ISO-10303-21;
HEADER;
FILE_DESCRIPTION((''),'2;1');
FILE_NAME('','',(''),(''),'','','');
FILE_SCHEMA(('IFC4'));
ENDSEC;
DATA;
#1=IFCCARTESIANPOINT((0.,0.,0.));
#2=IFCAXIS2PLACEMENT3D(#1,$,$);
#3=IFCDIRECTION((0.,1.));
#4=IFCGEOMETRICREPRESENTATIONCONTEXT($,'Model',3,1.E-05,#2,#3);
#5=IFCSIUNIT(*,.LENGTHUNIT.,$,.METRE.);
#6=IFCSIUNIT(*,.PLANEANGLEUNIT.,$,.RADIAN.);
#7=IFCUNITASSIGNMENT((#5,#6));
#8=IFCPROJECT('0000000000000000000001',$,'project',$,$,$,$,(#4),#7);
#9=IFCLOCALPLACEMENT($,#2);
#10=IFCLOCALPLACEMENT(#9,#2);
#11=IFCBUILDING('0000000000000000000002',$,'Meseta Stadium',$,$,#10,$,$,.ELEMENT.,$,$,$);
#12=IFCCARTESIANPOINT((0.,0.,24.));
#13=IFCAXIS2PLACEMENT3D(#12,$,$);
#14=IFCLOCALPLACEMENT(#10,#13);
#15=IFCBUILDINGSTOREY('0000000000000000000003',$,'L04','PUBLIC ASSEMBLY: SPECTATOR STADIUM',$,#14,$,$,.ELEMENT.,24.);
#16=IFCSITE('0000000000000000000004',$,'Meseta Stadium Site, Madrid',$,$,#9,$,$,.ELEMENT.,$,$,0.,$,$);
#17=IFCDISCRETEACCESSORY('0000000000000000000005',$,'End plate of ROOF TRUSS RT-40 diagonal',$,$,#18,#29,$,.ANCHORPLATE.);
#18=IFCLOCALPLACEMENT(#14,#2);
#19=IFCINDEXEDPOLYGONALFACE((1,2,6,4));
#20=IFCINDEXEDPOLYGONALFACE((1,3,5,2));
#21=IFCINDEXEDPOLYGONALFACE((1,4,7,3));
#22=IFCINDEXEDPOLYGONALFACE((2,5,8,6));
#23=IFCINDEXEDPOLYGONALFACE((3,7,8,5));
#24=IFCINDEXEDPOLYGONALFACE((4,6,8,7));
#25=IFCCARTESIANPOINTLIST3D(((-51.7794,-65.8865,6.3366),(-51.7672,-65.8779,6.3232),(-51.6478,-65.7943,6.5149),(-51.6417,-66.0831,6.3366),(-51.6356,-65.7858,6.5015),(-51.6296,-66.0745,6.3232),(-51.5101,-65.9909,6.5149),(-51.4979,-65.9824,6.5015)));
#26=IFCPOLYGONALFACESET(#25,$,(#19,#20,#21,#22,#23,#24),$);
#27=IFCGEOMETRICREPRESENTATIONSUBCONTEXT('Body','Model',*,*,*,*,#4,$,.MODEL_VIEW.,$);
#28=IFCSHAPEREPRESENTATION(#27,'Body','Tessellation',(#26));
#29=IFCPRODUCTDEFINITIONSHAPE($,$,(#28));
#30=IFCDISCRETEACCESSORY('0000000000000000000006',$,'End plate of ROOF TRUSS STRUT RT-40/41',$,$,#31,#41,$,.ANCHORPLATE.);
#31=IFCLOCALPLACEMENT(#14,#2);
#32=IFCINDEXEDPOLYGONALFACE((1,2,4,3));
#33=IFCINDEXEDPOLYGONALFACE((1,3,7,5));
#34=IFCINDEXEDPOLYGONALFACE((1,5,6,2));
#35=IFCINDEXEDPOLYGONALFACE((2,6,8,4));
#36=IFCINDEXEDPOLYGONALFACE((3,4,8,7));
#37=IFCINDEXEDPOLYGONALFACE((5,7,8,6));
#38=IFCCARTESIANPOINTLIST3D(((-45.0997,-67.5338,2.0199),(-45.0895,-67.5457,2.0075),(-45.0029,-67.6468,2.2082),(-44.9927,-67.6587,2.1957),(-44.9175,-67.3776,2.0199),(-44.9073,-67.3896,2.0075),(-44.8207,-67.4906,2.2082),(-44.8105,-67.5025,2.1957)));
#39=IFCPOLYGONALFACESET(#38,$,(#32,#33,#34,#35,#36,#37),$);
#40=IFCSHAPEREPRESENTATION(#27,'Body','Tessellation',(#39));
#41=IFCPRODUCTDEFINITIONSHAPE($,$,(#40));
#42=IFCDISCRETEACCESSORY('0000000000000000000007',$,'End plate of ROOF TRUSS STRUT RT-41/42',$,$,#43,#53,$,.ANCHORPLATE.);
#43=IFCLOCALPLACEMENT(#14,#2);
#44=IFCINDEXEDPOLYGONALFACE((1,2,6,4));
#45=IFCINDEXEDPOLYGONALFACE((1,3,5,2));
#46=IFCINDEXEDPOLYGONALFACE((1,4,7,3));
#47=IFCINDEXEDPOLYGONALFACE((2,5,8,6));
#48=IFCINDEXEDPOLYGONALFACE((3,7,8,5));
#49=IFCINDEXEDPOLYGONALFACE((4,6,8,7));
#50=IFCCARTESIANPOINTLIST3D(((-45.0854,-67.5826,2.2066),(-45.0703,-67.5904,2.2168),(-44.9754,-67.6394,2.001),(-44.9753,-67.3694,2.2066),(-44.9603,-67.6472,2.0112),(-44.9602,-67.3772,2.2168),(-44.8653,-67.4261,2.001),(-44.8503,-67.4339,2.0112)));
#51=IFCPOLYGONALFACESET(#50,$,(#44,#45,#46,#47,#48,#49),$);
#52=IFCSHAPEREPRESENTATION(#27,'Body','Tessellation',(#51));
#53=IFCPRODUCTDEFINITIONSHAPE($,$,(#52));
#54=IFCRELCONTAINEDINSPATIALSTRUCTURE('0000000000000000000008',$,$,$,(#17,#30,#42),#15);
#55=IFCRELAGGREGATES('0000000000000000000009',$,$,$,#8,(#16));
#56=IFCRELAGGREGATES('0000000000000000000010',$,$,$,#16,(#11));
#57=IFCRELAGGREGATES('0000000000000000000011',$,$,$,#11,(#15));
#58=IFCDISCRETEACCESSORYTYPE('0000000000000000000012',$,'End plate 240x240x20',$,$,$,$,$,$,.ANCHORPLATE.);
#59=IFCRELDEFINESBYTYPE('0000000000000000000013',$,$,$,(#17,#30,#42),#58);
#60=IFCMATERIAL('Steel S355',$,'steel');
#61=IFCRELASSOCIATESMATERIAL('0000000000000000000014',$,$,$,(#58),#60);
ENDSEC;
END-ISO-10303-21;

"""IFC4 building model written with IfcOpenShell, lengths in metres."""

from ifc_helpers import new_model, si_unit, direction, frame, origin, origin_2d, place, context, subcontext, project, spatial, rectangle, extrude, material, material_profile, profile_set, type_object, element, save


model = new_model("IFC4")

# Units and contexts
model_context = context("Model", 3, precision=1e-05, world=origin(), true_north=direction((0.0, 1.0)))
body_context = subcontext(model_context, "Body", "Model", "MODEL_VIEW")
ifc_project = project(units=[si_unit("LENGTHUNIT", "METRE"), si_unit("PLANEANGLEUNIT", "RADIAN")], contexts=[model_context])

# Site, building, storey
site_placement = place(None, origin())
site = spatial("IfcSite", under=ifc_project, at=site_placement, Name="Meseta Stadium Site, Madrid", CompositionType="ELEMENT", RefElevation=0.0)
building_placement = place(site_placement, origin())
building = spatial("IfcBuilding", under=site, at=building_placement, Name="Meseta Stadium", CompositionType="ELEMENT")
storey_placement = place(building_placement, frame((0.0, 0.0, 24.0)))
storey = spatial("IfcBuildingStorey", under=building, at=storey_placement, Name="L04", Description="PUBLIC ASSEMBLY: SPECTATOR STADIUM", CompositionType="ELEMENT", Elevation=24.0)

# Discrete accessories
ifc_material_1 = material(Name="Steel S355", Category="steel")
ifc_material_profile_1 = material_profile(ifc_material_1, rectangle(XDim=0.24, YDim=0.24, at=origin_2d()), Name="PL 240x240")
ifc_profile_set_1 = profile_set([ifc_material_profile_1], Name="Steel S355")
discrete_accessory_type_1 = type_object("IfcDiscreteAccessoryType", Name="End plate 240x240x20", PredefinedType="ANCHORPLATE", material=ifc_profile_set_1)
for number, where, z_axis, x_axis, name in (
    (1, (-51.6326, -65.9302, 6.4124), (-0.608581, -0.426006, 0.669439), (0.573462, -0.819232, 0.0), "End plate of ROOF TRUSS RT-40 diagonal"),
    (2, (-44.9602, -67.5122, 2.114), (0.510603, -0.595703, -0.620018), (0.759257, 0.650791, 0.0), "End plate of ROOF TRUSS STRUT RT-40/41"),
):
    element("IfcDiscreteAccessory", number, at=place(storey_placement, frame(where, z_axis=z_axis, x_axis=x_axis)), inside=storey, type_object=discrete_accessory_type_1, Name=name, PredefinedType="ANCHORPLATE", context=body_context, shape_type="SweptSolid", body=[
        extrude(rectangle(XDim=0.24, YDim=0.24, at=origin_2d()), origin(), (0.0, 0.0, 1.0), 0.02),
    ])
discrete_accessory_1_placement = place(storey_placement, frame((-44.9753, -67.5044, 2.1038), z_axis=(0.761324, -0.392941, 0.515736), x_axis=(0.458643, 0.888621, 0.0)))
element("IfcDiscreteAccessory", 3, at=discrete_accessory_1_placement, inside=storey, type_object=discrete_accessory_type_1, Name="End plate of ROOF TRUSS STRUT RT-41/42", PredefinedType="ANCHORPLATE", context=body_context, shape_type="SweptSolid", body=[
    extrude(rectangle(XDim=0.24, YDim=0.24, at=origin_2d()), origin(), (0.0, 0.0, 1.0), 0.0198),
])

save(model, "model.ifc")
